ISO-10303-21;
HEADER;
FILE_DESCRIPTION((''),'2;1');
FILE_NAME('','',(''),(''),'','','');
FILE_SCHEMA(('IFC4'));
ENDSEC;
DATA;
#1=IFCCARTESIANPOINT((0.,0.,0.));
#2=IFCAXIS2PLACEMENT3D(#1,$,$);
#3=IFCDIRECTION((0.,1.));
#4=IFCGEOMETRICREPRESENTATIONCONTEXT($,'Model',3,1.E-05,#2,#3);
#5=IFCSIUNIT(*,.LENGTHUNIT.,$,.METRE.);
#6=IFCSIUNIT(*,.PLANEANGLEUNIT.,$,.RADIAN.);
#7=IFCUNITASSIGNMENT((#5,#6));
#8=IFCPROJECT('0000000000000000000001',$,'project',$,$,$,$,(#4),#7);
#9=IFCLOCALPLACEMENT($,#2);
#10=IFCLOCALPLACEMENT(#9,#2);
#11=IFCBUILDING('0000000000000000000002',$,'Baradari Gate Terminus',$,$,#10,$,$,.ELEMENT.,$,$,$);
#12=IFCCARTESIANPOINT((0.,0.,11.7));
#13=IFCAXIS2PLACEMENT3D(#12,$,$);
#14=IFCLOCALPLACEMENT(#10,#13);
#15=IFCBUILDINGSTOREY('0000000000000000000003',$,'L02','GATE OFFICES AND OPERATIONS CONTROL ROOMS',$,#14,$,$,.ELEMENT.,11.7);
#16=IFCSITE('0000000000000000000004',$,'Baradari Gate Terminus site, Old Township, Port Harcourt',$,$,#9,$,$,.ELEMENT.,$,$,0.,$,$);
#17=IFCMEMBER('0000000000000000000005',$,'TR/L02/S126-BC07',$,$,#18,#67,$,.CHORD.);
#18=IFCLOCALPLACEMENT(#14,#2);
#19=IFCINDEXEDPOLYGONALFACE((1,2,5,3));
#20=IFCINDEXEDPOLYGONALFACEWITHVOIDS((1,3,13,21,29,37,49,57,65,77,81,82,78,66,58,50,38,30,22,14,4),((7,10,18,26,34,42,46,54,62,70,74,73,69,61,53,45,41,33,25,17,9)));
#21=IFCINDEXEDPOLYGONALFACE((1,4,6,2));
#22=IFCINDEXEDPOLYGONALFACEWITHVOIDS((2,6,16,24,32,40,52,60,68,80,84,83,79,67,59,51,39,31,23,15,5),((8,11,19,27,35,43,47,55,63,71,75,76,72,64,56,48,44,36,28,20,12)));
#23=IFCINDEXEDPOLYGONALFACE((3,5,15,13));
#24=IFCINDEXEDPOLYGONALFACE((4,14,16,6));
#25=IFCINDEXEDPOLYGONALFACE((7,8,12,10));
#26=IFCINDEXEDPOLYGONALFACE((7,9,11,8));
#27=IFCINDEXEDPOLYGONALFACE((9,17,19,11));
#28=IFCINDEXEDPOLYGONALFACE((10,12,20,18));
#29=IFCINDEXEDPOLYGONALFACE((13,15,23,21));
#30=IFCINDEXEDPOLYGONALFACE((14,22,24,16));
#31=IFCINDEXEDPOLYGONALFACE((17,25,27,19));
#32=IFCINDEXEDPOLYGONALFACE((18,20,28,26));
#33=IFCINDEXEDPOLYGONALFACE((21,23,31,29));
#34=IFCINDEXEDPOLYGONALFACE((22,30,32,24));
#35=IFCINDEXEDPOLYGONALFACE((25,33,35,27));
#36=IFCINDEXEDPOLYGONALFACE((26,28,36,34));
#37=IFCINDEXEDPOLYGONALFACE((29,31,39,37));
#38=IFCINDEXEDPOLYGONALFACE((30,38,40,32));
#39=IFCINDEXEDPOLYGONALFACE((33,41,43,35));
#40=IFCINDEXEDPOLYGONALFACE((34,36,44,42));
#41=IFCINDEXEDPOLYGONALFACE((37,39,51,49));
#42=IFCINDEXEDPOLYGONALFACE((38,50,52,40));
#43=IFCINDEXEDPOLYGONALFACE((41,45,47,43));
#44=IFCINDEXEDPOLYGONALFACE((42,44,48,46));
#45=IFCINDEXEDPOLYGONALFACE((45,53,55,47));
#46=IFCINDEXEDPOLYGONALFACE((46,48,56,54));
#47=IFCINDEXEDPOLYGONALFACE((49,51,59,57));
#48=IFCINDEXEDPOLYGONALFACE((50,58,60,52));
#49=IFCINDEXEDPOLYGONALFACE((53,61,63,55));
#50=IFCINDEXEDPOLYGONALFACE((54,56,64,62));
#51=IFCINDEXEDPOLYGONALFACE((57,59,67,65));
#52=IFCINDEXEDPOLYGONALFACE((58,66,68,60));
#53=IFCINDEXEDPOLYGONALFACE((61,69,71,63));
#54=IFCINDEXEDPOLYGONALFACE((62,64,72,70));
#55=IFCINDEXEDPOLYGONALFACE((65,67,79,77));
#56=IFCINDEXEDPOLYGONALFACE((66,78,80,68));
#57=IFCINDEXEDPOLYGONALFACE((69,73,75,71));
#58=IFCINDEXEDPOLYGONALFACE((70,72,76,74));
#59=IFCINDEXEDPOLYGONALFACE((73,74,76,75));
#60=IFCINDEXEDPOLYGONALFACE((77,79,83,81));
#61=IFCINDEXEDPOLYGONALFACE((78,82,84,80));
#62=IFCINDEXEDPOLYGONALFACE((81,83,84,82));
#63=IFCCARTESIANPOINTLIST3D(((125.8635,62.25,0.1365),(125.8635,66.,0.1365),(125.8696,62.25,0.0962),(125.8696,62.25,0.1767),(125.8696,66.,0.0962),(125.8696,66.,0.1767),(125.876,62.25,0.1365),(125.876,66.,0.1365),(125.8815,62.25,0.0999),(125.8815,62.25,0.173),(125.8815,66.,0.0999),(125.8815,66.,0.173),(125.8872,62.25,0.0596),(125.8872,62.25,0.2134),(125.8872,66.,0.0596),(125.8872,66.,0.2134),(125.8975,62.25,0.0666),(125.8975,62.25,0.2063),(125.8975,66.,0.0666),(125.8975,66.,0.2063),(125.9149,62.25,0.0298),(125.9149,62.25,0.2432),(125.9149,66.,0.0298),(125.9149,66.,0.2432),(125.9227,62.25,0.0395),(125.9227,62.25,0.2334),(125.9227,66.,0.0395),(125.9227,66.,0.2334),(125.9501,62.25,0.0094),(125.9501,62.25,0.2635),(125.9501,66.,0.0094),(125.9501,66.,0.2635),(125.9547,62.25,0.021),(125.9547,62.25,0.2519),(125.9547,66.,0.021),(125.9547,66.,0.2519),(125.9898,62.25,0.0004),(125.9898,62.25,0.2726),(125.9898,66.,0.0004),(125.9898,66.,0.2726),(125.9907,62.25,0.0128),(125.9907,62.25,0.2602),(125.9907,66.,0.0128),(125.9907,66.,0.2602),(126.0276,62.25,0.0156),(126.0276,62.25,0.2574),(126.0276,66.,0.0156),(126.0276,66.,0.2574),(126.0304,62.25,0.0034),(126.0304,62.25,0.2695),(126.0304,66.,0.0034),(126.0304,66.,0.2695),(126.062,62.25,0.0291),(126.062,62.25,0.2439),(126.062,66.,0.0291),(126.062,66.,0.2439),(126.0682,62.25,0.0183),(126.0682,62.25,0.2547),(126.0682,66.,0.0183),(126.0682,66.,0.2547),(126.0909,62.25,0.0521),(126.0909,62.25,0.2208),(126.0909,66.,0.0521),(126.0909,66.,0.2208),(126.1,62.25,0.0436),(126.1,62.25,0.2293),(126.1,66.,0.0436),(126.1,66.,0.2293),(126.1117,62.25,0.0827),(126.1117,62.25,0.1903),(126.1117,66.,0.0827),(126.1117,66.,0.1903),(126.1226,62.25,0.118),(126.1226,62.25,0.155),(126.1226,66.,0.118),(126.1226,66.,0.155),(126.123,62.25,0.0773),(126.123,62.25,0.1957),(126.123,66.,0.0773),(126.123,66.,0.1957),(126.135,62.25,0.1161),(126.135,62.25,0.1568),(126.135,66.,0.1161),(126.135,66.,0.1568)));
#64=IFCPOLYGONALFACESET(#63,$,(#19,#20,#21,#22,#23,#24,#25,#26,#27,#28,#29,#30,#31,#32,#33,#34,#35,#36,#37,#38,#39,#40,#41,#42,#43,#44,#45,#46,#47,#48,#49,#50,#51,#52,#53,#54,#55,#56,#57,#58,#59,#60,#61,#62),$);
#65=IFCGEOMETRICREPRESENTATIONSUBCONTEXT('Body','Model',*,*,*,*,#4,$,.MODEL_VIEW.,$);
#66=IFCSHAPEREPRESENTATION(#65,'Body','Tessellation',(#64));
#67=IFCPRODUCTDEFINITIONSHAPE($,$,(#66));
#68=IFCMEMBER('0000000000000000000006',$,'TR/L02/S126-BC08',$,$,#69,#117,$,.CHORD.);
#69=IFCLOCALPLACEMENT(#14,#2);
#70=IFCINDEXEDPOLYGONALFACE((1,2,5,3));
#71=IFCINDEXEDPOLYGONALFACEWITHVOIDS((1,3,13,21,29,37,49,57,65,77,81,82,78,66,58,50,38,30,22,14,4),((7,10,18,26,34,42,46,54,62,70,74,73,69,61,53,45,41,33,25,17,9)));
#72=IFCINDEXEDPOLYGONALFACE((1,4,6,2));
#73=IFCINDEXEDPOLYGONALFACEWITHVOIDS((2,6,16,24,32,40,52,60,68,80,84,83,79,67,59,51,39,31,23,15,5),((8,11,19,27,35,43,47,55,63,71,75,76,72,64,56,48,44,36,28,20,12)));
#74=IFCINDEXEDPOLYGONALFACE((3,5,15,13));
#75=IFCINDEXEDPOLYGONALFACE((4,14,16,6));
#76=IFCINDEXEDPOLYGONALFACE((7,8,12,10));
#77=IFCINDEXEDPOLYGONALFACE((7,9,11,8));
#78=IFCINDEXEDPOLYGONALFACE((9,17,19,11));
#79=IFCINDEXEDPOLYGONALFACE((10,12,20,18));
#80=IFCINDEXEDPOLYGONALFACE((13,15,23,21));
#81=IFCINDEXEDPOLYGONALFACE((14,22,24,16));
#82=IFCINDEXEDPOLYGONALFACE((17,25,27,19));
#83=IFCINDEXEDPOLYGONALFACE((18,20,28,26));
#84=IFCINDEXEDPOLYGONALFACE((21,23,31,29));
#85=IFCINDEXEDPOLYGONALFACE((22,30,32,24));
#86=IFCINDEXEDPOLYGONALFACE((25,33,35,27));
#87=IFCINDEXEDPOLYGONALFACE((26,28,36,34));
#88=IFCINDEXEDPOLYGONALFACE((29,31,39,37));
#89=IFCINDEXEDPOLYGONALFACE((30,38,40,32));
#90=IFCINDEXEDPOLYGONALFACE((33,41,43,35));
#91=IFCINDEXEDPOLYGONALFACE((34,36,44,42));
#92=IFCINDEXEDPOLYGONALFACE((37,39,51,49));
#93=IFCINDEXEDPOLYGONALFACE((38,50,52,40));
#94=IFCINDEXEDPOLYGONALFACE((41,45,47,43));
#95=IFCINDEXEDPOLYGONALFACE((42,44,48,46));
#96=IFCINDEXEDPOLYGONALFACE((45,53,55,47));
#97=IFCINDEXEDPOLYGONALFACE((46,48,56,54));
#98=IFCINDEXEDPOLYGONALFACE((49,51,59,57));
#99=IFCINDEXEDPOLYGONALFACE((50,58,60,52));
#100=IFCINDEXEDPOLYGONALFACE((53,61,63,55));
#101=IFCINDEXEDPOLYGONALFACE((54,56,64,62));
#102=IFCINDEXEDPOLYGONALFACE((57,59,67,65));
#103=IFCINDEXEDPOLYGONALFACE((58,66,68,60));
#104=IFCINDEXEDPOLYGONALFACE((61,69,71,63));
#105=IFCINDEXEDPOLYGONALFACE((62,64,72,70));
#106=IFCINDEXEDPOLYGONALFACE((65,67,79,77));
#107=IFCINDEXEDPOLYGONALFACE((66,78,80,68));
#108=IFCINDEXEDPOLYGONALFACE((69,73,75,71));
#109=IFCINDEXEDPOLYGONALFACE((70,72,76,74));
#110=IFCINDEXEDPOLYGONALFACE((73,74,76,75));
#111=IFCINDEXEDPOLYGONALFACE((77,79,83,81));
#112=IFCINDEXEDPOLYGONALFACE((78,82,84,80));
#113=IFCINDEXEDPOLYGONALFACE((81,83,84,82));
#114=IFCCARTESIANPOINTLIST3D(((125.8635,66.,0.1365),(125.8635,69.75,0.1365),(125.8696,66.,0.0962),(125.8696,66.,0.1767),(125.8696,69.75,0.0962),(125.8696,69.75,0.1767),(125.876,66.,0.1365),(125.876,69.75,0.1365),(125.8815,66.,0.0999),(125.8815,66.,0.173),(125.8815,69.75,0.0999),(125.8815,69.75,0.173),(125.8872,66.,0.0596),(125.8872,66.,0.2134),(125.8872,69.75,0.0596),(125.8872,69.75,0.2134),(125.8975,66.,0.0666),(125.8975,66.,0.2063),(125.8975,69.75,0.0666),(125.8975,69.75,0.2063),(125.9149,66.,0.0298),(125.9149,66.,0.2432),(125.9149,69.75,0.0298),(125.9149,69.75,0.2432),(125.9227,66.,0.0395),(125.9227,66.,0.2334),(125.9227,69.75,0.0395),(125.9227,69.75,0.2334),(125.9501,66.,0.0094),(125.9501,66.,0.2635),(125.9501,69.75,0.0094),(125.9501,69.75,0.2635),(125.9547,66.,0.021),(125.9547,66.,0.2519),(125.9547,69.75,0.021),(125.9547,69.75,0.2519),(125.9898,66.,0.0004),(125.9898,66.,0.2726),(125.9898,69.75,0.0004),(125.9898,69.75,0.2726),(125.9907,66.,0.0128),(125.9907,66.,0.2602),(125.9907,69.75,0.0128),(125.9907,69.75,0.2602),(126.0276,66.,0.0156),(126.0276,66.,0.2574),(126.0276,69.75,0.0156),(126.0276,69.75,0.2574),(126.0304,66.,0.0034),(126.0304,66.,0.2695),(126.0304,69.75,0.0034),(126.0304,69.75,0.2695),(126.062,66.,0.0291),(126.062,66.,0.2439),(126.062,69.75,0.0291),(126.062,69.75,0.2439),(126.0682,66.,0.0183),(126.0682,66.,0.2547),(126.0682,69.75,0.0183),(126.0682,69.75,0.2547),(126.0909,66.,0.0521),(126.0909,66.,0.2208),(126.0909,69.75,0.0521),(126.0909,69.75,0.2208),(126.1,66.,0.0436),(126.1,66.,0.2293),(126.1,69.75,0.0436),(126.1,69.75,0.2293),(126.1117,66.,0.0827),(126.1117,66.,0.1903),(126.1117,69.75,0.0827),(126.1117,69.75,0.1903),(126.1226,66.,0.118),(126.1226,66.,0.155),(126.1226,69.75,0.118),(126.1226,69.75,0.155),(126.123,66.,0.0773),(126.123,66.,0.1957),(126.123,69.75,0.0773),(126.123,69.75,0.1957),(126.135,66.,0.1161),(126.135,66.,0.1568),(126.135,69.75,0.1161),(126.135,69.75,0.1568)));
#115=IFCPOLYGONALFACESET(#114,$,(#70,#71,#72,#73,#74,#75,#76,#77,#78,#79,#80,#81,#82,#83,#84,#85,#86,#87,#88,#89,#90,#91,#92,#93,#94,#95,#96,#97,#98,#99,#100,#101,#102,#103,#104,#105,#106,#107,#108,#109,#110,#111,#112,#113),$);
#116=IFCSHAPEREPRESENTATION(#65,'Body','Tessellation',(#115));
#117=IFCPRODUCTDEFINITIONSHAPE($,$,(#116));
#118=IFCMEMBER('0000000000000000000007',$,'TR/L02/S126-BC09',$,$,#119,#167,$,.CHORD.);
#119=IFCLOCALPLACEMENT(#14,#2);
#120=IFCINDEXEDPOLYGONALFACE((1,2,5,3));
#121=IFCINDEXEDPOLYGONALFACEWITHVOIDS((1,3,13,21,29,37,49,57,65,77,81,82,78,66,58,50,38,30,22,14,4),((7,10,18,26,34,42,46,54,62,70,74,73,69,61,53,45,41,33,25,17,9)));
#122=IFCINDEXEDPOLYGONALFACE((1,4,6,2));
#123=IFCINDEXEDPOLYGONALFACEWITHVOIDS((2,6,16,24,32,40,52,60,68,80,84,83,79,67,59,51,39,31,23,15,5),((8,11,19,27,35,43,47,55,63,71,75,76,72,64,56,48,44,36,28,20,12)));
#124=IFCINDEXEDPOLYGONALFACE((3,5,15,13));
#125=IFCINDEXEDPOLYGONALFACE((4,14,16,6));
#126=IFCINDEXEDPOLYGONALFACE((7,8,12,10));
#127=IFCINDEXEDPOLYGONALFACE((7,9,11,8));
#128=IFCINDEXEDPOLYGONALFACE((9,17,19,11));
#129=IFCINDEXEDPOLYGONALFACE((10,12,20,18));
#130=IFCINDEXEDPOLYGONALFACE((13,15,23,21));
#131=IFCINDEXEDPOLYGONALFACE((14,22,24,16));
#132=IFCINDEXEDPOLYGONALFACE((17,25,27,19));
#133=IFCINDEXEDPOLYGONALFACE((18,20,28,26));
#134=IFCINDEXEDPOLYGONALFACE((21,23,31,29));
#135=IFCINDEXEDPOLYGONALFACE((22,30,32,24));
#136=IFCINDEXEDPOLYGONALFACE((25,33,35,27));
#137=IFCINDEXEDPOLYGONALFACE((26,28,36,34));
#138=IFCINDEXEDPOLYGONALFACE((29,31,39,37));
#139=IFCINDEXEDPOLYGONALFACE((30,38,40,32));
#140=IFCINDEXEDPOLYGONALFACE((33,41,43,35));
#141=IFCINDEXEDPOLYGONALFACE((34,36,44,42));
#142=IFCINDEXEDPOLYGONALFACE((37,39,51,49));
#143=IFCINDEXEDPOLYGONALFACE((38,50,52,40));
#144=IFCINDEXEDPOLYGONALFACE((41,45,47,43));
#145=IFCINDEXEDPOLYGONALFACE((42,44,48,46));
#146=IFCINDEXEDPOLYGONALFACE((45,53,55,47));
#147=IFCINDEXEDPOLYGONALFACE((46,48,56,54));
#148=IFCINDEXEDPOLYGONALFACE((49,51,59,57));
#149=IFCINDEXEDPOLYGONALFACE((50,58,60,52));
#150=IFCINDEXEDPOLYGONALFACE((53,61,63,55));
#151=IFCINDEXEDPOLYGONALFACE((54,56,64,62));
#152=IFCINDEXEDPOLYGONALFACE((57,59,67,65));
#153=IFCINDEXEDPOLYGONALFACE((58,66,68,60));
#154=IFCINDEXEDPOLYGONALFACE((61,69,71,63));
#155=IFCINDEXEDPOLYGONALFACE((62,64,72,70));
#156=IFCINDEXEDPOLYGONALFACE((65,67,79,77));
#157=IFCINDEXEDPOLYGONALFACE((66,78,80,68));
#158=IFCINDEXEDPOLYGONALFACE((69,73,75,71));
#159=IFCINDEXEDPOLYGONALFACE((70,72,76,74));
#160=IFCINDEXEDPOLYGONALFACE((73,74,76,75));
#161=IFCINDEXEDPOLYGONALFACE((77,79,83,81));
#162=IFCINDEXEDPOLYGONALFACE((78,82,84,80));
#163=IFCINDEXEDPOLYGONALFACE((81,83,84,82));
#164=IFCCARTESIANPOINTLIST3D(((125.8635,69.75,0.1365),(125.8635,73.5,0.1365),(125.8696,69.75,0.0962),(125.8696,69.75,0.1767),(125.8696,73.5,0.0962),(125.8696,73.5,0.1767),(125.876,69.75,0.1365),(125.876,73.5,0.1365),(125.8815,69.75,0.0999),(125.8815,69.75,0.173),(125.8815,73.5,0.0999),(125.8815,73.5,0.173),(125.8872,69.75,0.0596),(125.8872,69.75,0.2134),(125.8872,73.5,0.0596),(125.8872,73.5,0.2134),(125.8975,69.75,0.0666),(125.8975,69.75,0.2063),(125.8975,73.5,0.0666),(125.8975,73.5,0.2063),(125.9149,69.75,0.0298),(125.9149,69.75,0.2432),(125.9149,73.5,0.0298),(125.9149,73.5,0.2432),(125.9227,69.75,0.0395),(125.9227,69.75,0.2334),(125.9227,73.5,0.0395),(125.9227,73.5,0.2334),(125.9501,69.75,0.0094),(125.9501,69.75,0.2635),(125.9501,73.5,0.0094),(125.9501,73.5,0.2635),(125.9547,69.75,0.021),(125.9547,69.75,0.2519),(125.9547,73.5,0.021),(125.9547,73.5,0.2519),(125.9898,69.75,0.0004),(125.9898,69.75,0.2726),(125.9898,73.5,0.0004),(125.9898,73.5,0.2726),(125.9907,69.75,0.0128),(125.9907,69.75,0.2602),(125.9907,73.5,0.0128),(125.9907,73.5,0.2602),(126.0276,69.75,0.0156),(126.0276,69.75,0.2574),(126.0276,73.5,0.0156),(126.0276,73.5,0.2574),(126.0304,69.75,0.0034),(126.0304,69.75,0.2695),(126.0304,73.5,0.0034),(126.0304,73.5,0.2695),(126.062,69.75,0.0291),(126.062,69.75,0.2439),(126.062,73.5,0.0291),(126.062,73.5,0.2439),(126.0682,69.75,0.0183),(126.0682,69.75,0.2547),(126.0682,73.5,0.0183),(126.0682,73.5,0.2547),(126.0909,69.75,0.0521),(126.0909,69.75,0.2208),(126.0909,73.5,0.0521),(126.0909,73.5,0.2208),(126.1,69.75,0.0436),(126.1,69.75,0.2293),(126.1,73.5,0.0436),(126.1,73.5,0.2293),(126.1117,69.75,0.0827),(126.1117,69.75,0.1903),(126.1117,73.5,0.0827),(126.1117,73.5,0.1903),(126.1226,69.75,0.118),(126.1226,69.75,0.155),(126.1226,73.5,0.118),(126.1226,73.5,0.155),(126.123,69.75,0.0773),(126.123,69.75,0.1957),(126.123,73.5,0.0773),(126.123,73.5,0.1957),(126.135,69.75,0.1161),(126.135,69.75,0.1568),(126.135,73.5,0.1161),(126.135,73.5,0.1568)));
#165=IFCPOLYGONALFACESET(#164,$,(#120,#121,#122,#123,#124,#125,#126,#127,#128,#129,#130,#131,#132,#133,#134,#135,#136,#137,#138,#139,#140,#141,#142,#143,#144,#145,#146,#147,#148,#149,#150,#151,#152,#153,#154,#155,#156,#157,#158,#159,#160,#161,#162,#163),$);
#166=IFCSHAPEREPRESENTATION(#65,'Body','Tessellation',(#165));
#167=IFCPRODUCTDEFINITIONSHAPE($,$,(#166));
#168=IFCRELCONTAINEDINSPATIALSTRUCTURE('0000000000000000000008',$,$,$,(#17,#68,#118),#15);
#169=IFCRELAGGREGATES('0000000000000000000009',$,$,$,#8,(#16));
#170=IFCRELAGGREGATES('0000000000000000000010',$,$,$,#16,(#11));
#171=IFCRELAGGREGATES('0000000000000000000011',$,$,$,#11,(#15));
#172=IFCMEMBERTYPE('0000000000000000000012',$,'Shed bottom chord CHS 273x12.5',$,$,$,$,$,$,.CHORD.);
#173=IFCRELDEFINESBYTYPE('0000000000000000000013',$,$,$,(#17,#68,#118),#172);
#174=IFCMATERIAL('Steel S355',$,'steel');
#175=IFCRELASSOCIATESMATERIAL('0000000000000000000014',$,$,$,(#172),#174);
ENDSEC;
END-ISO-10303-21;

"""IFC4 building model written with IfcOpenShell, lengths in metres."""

from ifc_helpers import new_model, si_unit, direction, frame, origin, origin_2d, place, context, subcontext, project, spatial, hollow_circle, extrude, material, material_profile, profile_set, type_object, element, save


model = new_model("IFC4")

# Units and contexts
model_context = context("Model", 3, precision=1e-05, world=origin(), true_north=direction((0.0, 1.0)))
body_context = subcontext(model_context, "Body", "Model", "MODEL_VIEW")
ifc_project = project(units=[si_unit("LENGTHUNIT", "METRE"), si_unit("PLANEANGLEUNIT", "RADIAN")], contexts=[model_context])

# Site, building, storey
site_placement = place(None, origin())
site = spatial("IfcSite", under=ifc_project, at=site_placement, Name="Baradari Gate Terminus site, Old Township, Port Harcourt", CompositionType="ELEMENT", RefElevation=0.0)
building_placement = place(site_placement, origin())
building = spatial("IfcBuilding", under=site, at=building_placement, Name="Baradari Gate Terminus", CompositionType="ELEMENT")
storey_placement = place(building_placement, frame((0.0, 0.0, 11.7)))
storey = spatial("IfcBuildingStorey", under=building, at=storey_placement, Name="L02", Description="GATE OFFICES AND OPERATIONS CONTROL ROOMS", CompositionType="ELEMENT", Elevation=11.7)

# Members
ifc_material_1 = material(Name="Steel S355", Category="steel")
ifc_material_profile_1 = material_profile(ifc_material_1, hollow_circle(Radius=0.1365, WallThickness=0.0125, at=origin_2d()), Name="CHS 273x12.5")
ifc_profile_set_1 = profile_set([ifc_material_profile_1], Name="Steel S355")
member_type_1 = type_object("IfcMemberType", Name="Shed bottom chord CHS 273x12.5", PredefinedType="CHORD", material=ifc_profile_set_1)
for number, where, z_axis, x_axis, name in (
    (1, (126.0, 62.25, 0.1365), (0.0, 1.0, 0.0), (-1.0, 0.0, 0.0), "TR/L02/S126-BC07"),
    (2, (126.0, 66.0, 0.1365), (0.0, 1.0, 0.0), (-1.0, 0.0, 0.0), "TR/L02/S126-BC08"),
    (3, (126.0, 69.75, 0.1365), (0.0, 1.0, 0.0), (-1.0, 0.0, 0.0), "TR/L02/S126-BC09"),
):
    element("IfcMember", number, at=place(storey_placement, frame(where, z_axis=z_axis, x_axis=x_axis)), inside=storey, type_object=member_type_1, Name=name, PredefinedType="CHORD", context=body_context, shape_type="SweptSolid", body=[
        extrude(hollow_circle(Radius=0.1365, WallThickness=0.0125, at=origin_2d()), origin(), (0.0, 0.0, 1.0), 3.75),
    ])

save(model, "model.ifc")
